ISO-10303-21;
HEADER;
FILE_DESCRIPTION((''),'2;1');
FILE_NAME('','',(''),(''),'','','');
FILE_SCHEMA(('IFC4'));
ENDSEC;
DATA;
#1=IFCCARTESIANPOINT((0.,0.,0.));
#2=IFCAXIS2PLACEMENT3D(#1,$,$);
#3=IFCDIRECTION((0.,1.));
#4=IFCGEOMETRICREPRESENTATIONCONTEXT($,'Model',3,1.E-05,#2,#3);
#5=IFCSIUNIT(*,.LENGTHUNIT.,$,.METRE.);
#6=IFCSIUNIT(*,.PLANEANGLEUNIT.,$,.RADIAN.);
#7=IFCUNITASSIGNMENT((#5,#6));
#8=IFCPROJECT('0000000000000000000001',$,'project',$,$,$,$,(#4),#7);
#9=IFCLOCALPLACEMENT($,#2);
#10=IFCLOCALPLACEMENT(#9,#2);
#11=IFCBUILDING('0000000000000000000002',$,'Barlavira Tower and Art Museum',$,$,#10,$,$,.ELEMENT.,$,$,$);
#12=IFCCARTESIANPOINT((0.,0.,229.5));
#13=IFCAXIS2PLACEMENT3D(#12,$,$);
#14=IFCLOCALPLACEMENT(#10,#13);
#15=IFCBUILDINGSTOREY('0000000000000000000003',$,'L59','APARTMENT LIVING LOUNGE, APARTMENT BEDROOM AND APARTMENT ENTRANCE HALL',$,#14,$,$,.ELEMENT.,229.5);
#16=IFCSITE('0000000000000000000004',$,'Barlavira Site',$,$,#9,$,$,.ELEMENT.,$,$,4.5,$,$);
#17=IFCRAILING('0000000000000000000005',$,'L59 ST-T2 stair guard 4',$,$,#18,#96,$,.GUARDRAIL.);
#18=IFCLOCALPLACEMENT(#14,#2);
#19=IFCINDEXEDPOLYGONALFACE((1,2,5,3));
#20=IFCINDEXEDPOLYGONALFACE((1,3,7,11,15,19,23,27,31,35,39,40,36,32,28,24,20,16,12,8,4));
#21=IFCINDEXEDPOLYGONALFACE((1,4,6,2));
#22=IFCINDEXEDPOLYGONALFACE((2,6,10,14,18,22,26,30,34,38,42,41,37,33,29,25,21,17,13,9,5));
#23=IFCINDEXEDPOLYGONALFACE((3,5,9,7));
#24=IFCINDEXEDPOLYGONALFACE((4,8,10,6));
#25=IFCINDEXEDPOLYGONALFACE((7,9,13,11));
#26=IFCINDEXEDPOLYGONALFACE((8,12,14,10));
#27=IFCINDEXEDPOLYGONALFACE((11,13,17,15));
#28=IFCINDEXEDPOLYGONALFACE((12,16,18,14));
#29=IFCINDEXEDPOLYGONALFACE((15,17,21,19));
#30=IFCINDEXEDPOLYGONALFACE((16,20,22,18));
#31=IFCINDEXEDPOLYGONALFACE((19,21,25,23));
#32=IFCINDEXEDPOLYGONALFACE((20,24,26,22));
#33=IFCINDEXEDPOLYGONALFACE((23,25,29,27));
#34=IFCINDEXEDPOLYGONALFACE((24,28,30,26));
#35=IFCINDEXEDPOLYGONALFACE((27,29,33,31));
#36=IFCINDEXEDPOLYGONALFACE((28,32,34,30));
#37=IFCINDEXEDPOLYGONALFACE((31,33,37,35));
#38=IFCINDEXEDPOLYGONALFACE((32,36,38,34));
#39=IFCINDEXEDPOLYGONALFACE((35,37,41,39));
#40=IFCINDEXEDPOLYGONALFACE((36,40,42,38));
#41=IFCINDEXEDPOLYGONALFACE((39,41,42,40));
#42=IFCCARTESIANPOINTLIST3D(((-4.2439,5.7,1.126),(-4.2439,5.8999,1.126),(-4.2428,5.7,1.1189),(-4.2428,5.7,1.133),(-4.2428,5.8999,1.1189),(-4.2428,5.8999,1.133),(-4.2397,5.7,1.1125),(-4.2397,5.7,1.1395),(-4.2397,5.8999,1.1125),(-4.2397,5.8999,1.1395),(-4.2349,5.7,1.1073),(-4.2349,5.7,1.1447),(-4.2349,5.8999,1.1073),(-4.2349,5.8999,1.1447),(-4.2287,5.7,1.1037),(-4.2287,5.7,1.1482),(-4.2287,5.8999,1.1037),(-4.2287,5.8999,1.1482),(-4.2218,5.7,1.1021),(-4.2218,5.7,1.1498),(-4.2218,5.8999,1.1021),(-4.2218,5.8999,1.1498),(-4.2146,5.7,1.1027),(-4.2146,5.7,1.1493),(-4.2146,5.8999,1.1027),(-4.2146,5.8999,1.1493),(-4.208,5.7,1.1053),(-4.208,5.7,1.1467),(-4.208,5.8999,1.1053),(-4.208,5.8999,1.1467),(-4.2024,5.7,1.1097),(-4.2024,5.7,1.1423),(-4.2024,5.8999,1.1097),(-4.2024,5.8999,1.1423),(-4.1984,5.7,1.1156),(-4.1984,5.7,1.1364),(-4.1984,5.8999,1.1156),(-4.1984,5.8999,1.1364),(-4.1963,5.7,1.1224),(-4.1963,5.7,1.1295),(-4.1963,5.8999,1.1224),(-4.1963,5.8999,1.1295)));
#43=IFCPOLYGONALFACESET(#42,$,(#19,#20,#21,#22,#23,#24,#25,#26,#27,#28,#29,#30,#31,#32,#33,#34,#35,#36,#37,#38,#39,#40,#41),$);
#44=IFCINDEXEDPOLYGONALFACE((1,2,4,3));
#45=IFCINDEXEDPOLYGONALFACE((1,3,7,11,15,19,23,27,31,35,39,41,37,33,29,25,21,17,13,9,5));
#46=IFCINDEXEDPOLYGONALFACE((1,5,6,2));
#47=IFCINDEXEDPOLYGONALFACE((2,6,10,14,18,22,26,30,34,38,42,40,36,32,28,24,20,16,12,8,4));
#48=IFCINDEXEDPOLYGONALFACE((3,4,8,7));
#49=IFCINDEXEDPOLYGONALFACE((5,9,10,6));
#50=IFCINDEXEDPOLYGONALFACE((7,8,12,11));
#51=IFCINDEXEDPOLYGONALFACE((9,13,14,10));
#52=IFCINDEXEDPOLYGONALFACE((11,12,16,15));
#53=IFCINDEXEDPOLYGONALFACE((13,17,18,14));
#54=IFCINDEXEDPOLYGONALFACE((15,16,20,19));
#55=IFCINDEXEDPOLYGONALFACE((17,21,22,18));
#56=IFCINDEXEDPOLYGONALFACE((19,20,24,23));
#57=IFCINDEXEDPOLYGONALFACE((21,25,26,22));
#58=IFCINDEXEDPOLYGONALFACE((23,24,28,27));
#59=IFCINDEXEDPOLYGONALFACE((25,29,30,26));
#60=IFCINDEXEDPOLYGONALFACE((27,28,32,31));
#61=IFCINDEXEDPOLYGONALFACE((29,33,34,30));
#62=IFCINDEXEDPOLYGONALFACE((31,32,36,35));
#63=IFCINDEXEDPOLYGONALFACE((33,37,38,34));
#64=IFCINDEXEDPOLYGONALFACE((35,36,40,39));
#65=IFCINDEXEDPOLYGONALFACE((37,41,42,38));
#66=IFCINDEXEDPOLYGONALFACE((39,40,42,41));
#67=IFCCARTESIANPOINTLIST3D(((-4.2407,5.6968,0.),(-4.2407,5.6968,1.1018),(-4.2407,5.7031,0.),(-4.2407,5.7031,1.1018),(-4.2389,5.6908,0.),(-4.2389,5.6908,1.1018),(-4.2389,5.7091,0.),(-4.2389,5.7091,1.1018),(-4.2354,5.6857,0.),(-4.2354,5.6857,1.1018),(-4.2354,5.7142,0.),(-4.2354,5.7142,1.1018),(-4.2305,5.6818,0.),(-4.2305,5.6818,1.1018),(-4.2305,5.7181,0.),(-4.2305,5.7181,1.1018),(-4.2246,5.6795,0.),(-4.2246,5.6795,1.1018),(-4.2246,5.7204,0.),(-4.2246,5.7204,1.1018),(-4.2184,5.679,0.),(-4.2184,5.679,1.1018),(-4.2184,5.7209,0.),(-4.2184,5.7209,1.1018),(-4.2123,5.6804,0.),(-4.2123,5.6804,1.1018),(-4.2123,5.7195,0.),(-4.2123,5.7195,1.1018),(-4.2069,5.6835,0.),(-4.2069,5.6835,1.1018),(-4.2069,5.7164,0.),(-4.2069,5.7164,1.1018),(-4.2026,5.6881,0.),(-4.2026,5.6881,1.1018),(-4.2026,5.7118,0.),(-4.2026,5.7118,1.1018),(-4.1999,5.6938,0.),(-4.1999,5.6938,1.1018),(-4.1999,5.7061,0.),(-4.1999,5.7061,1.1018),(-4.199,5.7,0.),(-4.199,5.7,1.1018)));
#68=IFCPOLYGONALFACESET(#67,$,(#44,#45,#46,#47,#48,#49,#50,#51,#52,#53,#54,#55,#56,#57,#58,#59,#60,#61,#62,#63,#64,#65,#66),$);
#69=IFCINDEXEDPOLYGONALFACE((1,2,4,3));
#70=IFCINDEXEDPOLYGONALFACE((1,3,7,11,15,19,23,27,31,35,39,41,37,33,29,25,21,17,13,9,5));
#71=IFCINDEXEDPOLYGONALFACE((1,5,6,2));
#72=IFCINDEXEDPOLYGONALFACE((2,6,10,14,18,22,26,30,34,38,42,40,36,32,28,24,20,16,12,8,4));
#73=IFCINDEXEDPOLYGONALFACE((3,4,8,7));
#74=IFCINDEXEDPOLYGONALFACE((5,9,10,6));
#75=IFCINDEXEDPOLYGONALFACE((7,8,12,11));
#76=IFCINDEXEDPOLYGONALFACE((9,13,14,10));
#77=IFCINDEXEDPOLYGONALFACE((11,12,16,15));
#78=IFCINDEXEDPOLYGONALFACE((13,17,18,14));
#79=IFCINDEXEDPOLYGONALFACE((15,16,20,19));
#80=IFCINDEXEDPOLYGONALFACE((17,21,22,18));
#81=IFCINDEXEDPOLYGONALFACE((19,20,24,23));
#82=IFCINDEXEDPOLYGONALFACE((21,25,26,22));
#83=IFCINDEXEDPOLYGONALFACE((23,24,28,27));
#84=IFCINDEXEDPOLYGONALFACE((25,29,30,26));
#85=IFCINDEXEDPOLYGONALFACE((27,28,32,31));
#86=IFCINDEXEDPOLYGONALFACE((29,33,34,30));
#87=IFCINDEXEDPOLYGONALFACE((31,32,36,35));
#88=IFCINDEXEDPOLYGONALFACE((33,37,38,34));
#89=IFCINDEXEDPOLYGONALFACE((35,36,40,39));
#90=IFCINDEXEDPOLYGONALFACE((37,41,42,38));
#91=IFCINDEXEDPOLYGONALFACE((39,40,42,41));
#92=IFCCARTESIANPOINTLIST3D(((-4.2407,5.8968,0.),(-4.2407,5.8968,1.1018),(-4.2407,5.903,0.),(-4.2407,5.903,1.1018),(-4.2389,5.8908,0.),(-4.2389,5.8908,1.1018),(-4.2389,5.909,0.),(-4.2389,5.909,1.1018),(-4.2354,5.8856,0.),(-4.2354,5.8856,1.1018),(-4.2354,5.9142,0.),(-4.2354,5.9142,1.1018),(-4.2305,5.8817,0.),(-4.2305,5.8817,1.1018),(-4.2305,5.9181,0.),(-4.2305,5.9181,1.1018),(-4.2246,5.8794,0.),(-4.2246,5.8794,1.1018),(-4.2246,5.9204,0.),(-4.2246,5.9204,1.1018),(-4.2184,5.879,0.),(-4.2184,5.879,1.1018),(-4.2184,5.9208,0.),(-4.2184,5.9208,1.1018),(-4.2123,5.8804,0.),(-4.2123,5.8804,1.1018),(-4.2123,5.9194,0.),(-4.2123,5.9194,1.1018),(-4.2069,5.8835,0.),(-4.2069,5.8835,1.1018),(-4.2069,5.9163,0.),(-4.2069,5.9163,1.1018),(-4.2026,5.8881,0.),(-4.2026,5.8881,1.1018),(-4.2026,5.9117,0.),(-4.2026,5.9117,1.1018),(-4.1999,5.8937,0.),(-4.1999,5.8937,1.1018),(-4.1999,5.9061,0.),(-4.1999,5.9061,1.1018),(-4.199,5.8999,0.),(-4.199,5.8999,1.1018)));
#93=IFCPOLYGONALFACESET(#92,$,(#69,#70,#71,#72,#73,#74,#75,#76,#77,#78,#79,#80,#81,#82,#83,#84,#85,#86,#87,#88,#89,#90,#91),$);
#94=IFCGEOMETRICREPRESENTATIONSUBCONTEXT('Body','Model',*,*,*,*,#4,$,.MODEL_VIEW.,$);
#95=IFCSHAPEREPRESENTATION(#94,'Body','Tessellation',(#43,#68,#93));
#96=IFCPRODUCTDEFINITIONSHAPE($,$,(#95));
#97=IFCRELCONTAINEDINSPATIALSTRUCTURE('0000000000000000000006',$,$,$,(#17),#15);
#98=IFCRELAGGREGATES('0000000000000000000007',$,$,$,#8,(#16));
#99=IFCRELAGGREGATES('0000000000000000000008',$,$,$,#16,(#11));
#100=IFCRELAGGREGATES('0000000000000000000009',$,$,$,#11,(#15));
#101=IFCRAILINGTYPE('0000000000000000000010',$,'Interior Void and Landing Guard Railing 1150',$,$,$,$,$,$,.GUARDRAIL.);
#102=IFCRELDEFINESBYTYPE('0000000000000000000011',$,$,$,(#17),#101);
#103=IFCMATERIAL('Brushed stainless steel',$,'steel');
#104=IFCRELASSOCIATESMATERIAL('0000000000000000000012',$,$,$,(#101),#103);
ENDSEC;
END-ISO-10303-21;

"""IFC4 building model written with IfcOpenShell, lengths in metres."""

from ifc_helpers import new_model, si_unit, direction, frame, origin, origin_2d, place, context, subcontext, project, spatial, circle, extrude, material, type_object, element, save


model = new_model("IFC4")

# Units and contexts
model_context = context("Model", 3, precision=1e-05, world=origin(), true_north=direction((0.0, 1.0)))
body_context = subcontext(model_context, "Body", "Model", "MODEL_VIEW")
ifc_project = project(units=[si_unit("LENGTHUNIT", "METRE"), si_unit("PLANEANGLEUNIT", "RADIAN")], contexts=[model_context])

# Site, building, storey
site_placement = place(None, origin())
site = spatial("IfcSite", under=ifc_project, at=site_placement, Name="Barlavira Site", CompositionType="ELEMENT", RefElevation=4.5)
building_placement = place(site_placement, origin())
building = spatial("IfcBuilding", under=site, at=building_placement, Name="Barlavira Tower and Art Museum", CompositionType="ELEMENT")
storey_placement = place(building_placement, frame((0.0, 0.0, 229.5)))
storey = spatial("IfcBuildingStorey", under=building, at=storey_placement, Name="L59", Description="APARTMENT LIVING LOUNGE, APARTMENT BEDROOM AND APARTMENT ENTRANCE HALL", CompositionType="ELEMENT", Elevation=229.5)

# Shared definitions
ifc_material_1 = material(Name="Brushed stainless steel", Category="steel")

# Railing
railing_type_1 = type_object("IfcRailingType", Name="Interior Void and Landing Guard Railing 1150", PredefinedType="GUARDRAIL", material=ifc_material_1)
railing_1_placement = place(storey_placement, frame((-4.22, 5.7, 0.0)))
element("IfcRailing", 1, at=railing_1_placement, inside=storey, type_object=railing_type_1, Name="L59 ST-T2 stair guard 4", PredefinedType="GUARDRAIL", context=body_context, shape_type="SweptSolid", body=[
    extrude(circle(Radius=0.0239, at=origin_2d()), frame((0.0, 0.0, 1.126), z_axis=(0.0, 1.0, 0.0), x_axis=(-1.0, 0.0, 0.0)), (0.0, 0.0, 1.0), 0.2),
    extrude(circle(Radius=0.021, at=origin_2d()), origin(), (0.0, 0.0, 1.0), 1.1018),
    extrude(circle(Radius=0.021, at=origin_2d()), frame((0.0, 0.2, 0.0)), (0.0, 0.0, 1.0), 1.1018),
])

save(model, "model.ifc")
